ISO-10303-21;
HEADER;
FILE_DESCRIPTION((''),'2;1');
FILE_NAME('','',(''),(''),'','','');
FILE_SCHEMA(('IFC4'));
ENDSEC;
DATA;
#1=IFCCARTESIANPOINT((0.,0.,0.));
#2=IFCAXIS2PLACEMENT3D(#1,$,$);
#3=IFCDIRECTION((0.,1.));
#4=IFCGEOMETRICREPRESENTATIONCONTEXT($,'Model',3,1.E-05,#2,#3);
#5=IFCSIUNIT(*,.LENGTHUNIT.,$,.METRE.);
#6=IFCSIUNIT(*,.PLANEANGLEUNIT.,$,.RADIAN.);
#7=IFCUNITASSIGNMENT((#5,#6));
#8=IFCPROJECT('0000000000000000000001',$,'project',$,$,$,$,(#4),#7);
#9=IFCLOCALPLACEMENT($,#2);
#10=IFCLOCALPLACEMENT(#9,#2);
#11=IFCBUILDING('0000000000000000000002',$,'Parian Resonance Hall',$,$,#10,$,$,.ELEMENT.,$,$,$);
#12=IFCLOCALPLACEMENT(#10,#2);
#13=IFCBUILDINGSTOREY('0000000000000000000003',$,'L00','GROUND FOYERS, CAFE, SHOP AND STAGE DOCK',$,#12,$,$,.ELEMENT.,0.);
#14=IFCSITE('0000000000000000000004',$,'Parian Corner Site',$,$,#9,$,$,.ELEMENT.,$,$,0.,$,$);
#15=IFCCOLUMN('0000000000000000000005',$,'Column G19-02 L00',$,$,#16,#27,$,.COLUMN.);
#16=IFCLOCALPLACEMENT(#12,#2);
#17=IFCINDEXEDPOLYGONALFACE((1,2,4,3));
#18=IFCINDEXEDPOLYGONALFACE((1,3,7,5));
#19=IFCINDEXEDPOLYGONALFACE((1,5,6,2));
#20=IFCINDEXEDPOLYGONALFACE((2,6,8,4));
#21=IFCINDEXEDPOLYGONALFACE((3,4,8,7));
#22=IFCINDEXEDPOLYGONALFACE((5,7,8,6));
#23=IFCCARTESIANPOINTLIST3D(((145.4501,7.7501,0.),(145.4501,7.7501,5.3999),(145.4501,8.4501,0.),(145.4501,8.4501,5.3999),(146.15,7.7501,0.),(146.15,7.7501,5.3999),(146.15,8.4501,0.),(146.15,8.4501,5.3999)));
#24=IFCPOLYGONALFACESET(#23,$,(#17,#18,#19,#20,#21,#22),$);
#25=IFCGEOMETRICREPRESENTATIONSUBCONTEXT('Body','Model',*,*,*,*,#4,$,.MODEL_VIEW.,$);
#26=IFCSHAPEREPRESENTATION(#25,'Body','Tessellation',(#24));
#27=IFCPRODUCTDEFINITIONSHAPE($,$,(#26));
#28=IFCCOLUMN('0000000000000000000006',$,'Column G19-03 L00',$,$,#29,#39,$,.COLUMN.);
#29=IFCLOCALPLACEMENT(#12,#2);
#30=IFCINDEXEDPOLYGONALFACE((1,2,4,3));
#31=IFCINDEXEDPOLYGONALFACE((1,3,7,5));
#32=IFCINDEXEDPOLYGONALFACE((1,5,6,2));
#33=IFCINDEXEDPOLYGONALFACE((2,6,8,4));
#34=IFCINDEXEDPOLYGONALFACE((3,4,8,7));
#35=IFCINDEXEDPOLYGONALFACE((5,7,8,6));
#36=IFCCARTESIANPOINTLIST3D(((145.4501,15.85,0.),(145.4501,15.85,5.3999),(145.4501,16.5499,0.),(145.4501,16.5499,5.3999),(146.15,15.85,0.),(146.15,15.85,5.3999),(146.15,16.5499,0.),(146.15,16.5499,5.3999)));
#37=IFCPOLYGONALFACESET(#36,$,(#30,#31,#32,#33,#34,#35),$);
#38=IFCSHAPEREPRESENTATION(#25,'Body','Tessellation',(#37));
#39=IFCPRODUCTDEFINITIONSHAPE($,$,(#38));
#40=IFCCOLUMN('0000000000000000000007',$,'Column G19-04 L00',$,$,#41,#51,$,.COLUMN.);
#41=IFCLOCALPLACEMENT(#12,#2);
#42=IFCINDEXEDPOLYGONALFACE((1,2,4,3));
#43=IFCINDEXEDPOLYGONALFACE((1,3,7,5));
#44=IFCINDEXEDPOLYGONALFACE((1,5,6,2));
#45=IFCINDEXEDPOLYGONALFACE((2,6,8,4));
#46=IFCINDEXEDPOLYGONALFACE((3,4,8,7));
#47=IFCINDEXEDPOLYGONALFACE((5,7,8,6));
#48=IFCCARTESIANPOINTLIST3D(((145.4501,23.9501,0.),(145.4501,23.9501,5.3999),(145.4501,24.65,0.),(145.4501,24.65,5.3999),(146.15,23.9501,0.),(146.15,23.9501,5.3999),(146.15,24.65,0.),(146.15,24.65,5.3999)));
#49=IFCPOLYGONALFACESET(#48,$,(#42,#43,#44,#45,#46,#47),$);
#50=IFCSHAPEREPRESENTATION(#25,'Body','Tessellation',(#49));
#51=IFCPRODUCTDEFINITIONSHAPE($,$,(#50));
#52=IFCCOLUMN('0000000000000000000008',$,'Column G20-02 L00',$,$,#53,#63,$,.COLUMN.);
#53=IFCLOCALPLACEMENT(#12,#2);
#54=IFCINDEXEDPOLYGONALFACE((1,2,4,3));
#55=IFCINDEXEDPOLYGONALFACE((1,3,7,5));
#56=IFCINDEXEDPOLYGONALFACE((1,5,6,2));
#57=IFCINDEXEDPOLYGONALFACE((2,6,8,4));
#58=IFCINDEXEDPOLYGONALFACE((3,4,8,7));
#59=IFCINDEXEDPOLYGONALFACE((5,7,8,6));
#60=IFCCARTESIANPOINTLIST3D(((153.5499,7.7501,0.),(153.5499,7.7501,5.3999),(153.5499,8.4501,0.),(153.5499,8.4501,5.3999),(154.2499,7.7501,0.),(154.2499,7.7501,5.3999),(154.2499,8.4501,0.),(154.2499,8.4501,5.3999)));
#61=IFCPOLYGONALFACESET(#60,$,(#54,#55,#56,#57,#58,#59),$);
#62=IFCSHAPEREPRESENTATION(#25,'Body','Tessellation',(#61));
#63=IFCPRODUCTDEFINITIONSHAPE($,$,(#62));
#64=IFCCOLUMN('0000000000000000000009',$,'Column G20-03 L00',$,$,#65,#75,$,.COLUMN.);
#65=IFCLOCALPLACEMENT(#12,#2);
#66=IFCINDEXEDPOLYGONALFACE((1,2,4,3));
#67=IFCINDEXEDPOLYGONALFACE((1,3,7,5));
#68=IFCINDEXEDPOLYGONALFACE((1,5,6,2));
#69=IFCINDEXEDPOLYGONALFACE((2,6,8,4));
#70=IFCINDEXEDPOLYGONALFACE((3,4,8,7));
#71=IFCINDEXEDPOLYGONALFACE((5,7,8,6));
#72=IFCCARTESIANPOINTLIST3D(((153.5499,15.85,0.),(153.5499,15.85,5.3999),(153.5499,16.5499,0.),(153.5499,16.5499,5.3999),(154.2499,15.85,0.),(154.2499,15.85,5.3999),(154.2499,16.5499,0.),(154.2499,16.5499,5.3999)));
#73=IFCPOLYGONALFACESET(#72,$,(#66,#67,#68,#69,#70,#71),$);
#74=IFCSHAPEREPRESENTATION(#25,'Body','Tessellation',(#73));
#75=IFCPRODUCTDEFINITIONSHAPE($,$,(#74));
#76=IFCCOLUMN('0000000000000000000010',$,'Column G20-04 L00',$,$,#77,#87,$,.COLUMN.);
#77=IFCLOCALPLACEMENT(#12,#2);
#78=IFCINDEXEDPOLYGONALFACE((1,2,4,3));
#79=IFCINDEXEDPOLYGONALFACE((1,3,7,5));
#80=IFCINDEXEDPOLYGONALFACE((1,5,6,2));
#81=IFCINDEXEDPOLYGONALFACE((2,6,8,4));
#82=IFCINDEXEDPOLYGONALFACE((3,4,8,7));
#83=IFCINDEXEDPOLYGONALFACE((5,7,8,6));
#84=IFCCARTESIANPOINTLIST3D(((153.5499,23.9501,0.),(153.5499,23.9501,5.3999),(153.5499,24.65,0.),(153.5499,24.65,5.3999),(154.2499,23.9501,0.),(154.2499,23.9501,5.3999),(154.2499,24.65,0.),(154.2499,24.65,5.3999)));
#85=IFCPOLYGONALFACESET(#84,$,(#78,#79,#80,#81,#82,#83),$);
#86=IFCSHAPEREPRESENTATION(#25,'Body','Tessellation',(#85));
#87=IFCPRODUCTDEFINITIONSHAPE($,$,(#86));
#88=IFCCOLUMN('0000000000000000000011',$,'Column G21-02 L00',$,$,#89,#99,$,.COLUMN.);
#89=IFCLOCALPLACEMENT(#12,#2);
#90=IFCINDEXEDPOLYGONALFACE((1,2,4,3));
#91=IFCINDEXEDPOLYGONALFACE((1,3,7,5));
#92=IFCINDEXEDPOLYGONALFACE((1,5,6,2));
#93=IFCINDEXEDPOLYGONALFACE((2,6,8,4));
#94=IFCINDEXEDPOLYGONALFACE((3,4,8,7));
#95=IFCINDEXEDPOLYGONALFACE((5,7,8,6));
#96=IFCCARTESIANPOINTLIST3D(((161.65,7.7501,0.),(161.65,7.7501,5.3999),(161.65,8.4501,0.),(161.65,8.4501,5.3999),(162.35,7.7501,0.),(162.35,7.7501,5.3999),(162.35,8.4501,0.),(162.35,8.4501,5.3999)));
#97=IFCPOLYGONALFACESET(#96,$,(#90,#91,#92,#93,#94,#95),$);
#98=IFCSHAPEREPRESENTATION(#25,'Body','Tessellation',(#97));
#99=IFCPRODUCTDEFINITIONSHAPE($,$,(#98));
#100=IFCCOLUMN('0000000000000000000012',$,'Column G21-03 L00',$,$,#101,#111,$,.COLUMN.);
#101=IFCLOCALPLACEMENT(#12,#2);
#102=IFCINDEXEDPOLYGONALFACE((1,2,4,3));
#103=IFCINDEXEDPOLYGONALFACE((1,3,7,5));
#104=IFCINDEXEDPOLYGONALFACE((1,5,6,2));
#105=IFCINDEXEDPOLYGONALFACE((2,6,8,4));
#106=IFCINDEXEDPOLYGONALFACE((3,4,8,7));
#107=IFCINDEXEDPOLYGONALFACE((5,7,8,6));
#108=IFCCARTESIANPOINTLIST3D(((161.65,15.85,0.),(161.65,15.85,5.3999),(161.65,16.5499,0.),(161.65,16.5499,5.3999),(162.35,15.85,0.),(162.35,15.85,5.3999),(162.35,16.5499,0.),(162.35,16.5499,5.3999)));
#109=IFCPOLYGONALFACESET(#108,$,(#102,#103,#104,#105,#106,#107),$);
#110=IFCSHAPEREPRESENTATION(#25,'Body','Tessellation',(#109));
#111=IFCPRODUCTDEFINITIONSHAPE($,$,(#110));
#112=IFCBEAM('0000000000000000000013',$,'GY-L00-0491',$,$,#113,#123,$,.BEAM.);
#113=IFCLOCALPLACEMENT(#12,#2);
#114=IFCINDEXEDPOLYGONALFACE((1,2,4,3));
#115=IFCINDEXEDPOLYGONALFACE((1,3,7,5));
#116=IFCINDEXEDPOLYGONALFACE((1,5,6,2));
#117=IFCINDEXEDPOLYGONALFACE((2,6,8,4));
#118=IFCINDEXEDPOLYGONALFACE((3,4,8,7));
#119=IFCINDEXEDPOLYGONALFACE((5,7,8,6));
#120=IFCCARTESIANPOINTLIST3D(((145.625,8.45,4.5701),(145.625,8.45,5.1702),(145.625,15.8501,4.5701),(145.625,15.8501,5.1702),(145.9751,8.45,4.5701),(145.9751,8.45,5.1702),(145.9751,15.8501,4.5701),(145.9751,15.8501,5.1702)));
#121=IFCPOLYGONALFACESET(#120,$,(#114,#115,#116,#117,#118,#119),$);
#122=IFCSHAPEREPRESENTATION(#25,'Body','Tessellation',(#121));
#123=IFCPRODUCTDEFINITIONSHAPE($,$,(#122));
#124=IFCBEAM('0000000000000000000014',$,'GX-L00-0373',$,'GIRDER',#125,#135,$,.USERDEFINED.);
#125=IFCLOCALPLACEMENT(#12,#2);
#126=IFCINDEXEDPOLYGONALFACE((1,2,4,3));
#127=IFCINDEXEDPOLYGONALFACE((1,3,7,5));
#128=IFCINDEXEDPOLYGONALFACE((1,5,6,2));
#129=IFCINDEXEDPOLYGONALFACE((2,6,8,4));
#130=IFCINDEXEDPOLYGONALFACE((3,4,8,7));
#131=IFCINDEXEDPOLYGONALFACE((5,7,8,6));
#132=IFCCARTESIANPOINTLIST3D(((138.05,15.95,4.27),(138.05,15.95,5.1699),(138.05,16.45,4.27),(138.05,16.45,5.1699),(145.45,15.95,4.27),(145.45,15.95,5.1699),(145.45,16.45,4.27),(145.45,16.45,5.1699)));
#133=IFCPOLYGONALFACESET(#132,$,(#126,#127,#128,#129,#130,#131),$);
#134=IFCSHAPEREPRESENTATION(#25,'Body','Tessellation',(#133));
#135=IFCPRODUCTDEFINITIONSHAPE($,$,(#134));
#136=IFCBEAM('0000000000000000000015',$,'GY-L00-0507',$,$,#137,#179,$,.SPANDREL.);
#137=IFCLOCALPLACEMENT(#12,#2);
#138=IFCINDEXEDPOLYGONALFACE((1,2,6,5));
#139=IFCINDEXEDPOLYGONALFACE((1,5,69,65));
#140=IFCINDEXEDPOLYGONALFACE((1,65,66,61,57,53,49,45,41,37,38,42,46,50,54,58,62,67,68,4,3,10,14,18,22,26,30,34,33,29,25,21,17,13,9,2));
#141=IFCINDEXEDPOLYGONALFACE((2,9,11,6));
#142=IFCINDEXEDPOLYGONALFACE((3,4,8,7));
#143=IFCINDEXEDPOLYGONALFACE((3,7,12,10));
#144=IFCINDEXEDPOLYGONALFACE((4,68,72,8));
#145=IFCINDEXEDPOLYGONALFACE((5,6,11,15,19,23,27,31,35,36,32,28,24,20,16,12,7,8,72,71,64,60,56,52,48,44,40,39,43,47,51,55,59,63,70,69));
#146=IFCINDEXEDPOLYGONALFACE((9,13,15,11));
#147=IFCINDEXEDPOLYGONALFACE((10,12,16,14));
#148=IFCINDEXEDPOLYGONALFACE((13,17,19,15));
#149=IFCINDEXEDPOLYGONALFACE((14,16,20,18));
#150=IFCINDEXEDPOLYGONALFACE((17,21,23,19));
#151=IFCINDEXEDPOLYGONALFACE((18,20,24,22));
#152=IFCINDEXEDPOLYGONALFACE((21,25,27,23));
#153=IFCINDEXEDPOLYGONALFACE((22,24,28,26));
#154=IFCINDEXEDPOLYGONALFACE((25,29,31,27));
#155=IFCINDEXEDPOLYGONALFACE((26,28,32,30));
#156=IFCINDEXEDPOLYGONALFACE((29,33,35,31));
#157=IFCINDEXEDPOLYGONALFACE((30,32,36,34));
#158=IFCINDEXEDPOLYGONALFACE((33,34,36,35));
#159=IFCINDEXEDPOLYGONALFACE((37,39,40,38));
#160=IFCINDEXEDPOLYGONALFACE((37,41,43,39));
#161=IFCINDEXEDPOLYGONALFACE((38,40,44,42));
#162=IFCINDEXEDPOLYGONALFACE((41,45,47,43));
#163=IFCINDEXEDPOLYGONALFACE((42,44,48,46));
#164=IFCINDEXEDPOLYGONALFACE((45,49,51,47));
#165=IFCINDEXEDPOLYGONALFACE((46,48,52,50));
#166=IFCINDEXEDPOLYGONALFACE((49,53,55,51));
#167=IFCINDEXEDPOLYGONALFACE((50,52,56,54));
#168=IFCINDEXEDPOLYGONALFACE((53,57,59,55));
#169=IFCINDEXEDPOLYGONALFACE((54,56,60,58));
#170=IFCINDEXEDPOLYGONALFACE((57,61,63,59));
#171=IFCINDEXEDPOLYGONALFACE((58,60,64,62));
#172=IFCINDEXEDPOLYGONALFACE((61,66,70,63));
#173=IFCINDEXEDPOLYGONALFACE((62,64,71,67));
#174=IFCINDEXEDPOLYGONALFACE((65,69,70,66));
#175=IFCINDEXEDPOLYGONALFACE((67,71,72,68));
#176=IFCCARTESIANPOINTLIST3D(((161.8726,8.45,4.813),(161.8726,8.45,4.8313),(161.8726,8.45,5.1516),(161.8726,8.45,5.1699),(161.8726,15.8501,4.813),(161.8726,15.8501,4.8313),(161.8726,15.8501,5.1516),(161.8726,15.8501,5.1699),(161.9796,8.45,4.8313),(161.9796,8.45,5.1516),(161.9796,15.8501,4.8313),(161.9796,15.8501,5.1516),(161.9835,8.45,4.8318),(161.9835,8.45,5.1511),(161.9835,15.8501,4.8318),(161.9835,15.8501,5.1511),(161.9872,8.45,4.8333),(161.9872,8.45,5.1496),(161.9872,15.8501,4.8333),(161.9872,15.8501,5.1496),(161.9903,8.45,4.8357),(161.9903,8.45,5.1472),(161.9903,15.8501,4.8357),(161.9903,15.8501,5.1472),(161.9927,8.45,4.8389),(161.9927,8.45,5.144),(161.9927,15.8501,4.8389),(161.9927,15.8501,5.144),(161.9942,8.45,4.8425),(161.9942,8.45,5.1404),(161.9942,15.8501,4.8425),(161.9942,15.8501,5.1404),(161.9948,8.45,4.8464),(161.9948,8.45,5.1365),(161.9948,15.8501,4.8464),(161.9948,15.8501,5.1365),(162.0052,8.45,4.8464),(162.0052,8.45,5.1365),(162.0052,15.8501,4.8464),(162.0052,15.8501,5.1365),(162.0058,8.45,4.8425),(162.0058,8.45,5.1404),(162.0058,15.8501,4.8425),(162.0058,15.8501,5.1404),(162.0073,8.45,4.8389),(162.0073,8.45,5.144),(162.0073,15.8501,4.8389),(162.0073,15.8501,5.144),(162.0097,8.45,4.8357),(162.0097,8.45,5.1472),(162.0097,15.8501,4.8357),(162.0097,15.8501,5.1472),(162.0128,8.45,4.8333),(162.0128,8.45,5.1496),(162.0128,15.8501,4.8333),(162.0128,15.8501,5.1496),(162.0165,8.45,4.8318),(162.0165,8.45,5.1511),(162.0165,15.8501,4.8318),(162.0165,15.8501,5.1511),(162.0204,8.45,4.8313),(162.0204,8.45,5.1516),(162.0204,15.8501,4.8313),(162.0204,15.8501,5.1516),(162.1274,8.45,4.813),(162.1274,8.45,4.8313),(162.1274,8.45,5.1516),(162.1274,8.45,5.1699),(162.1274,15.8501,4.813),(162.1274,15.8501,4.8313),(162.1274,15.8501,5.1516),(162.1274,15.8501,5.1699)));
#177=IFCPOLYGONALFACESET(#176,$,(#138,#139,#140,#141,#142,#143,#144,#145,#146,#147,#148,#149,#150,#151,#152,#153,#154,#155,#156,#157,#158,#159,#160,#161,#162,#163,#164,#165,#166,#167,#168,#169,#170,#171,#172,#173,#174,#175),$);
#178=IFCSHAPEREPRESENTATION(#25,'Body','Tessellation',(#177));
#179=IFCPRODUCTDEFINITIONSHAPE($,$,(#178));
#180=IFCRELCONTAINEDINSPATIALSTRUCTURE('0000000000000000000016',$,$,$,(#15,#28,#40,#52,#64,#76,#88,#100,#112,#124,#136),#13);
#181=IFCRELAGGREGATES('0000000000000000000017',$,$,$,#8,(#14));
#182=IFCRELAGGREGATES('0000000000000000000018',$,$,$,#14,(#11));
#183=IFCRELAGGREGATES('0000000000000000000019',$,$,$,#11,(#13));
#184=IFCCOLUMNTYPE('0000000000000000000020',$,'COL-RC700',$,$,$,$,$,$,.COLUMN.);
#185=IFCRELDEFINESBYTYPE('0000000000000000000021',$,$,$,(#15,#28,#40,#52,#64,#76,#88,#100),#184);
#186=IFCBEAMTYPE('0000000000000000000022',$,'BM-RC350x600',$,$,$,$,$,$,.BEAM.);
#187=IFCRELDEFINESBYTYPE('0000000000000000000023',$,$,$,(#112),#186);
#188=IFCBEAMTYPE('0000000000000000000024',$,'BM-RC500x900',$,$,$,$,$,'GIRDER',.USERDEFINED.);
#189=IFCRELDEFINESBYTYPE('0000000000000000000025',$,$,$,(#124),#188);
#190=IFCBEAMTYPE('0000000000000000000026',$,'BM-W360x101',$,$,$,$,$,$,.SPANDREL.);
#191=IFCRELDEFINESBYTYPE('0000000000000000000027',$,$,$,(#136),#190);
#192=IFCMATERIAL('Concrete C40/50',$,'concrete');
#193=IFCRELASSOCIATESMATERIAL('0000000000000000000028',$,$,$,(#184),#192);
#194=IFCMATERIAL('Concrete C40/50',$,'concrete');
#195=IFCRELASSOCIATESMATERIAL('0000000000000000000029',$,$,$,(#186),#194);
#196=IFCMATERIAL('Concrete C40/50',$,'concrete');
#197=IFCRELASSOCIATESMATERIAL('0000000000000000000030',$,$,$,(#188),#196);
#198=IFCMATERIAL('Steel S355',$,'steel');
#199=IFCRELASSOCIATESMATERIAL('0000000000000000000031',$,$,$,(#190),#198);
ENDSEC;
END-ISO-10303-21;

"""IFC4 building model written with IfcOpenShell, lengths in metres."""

from ifc_helpers import new_model, si_unit, direction, frame, origin, origin_2d, place, context, subcontext, project, spatial, rectangle, i_section, extrude, material, material_profile, profile_set, type_object, element, save


model = new_model("IFC4")

# Units and contexts
model_context = context("Model", 3, precision=1e-05, world=origin(), true_north=direction((0.0, 1.0)))
body_context = subcontext(model_context, "Body", "Model", "MODEL_VIEW")
ifc_project = project(units=[si_unit("LENGTHUNIT", "METRE"), si_unit("PLANEANGLEUNIT", "RADIAN")], contexts=[model_context])

# Site, building, storey
site_placement = place(None, origin())
site = spatial("IfcSite", under=ifc_project, at=site_placement, Name="Parian Corner Site", CompositionType="ELEMENT", RefElevation=0.0)
building_placement = place(site_placement, origin())
building = spatial("IfcBuilding", under=site, at=building_placement, Name="Parian Resonance Hall", CompositionType="ELEMENT")
storey_placement = place(building_placement, origin())
storey = spatial("IfcBuildingStorey", under=building, at=storey_placement, Name="L00", Description="GROUND FOYERS, CAFE, SHOP AND STAGE DOCK", CompositionType="ELEMENT", Elevation=0.0)

# Columns
ifc_material_1 = material(Name="Concrete C40/50", Category="concrete")
ifc_material_profile_1 = material_profile(ifc_material_1, rectangle(XDim=0.7, YDim=0.7, at=origin_2d()), Name="RC-COL-700x700")
ifc_profile_set_1 = profile_set([ifc_material_profile_1], Name="Concrete C40/50")
column_type = type_object("IfcColumnType", Name="COL-RC700", PredefinedType="COLUMN", material=ifc_profile_set_1)
for number, where, z_axis, x_axis, name in (
    (1, (145.8, 8.1001, 0.0), (0.0, 0.0, 1.0), (1.0, 0.0, 0.0), "Column G19-02 L00"),
    (2, (145.8, 16.2, 0.0), (0.0, 0.0, 1.0), (1.0, 0.0, 0.0), "Column G19-03 L00"),
    (3, (145.8, 24.3, 0.0), (0.0, 0.0, 1.0), (1.0, 0.0, 0.0), "Column G19-04 L00"),
    (4, (153.8999, 8.1001, 0.0), (0.0, 0.0, 1.0), (1.0, 0.0, 0.0), "Column G20-02 L00"),
    (5, (153.8999, 16.2, 0.0), (0.0, 0.0, 1.0), (1.0, 0.0, 0.0), "Column G20-03 L00"),
    (6, (153.8999, 24.3, 0.0), (0.0, 0.0, 1.0), (1.0, 0.0, 0.0), "Column G20-04 L00"),
    (7, (162.0, 8.1001, 0.0), (0.0, 0.0, 1.0), (1.0, 0.0, 0.0), "Column G21-02 L00"),
    (8, (162.0, 16.2, 0.0), (0.0, 0.0, 1.0), (1.0, 0.0, 0.0), "Column G21-03 L00"),
):
    element("IfcColumn", number, at=place(storey_placement, frame(where, z_axis=z_axis, x_axis=x_axis)), inside=storey, type_object=column_type, Name=name, PredefinedType="COLUMN", context=body_context, shape_type="SweptSolid", body=[
        extrude(rectangle(XDim=0.7, YDim=0.7, at=origin_2d()), origin(), (0.0, 0.0, 1.0), 5.3999),
    ])

# Beams
ifc_material_2 = material(Name="Concrete C40/50", Category="concrete")
ifc_material_profile_2 = material_profile(ifc_material_2, rectangle(XDim=0.3501, YDim=0.6001, at=origin_2d()), Name="RC-BM-350x600")
ifc_profile_set_2 = profile_set([ifc_material_profile_2], Name="Concrete C40/50")
beam_type_1 = type_object("IfcBeamType", Name="BM-RC350x600", PredefinedType="BEAM", material=ifc_profile_set_2)
beam_1_placement = place(storey_placement, frame((145.8, 8.45, 4.8701), z_axis=(0.0, 1.0, 0.0), x_axis=(-1.0, 0.0, 0.0)))
element("IfcBeam", 9, at=beam_1_placement, inside=storey, type_object=beam_type_1, Name="GY-L00-0491", PredefinedType="BEAM", context=body_context, shape_type="SweptSolid", body=[
    extrude(rectangle(XDim=0.3501, YDim=0.6001, at=origin_2d()), origin(), (0.0, 0.0, 1.0), 7.4001),
])
ifc_material_3 = material(Name="Concrete C40/50", Category="concrete")
ifc_material_profile_3 = material_profile(ifc_material_3, rectangle(XDim=0.5, YDim=0.8999, at=origin_2d()), Name="RC-BM-500x900")
ifc_profile_set_3 = profile_set([ifc_material_profile_3], Name="Concrete C40/50")
beam_type_2 = type_object("IfcBeamType", Name="BM-RC500x900", ElementType="GIRDER", PredefinedType="USERDEFINED", material=ifc_profile_set_3)
beam_2_placement = place(storey_placement, frame((138.05, 16.2, 4.72), z_axis=(1.0, 0.0, 0.0), x_axis=(0.0, 1.0, 0.0)))
element("IfcBeam", 10, at=beam_2_placement, inside=storey, type_object=beam_type_2, Name="GX-L00-0373", ObjectType="GIRDER", PredefinedType="USERDEFINED", context=body_context, shape_type="SweptSolid", body=[
    extrude(rectangle(XDim=0.5, YDim=0.8999, at=origin_2d()), origin(), (0.0, 0.0, 1.0), 7.3999),
])
ifc_material_4 = material(Name="Steel S355", Category="steel")
ifc_material_profile_4 = material_profile(ifc_material_4, i_section(OverallWidth=0.2549, OverallDepth=0.3569, WebThickness=0.0105, FlangeThickness=0.0183, FilletRadius=0.0151, at=origin_2d()), Name="W360x101")
ifc_profile_set_4 = profile_set([ifc_material_profile_4], Name="Steel S355")
beam_type_3 = type_object("IfcBeamType", Name="BM-W360x101", PredefinedType="SPANDREL", material=ifc_profile_set_4)
beam_3_placement = place(storey_placement, frame((162.0, 8.45, 4.9915), z_axis=(0.0, 1.0, 0.0), x_axis=(-1.0, 0.0, 0.0)))
element("IfcBeam", 11, at=beam_3_placement, inside=storey, type_object=beam_type_3, Name="GY-L00-0507", PredefinedType="SPANDREL", context=body_context, shape_type="SweptSolid", body=[
    extrude(i_section(OverallWidth=0.2549, OverallDepth=0.3569, WebThickness=0.0105, FlangeThickness=0.0183, FilletRadius=0.0151, at=origin_2d()), origin(), (0.0, 0.0, 1.0), 7.4001),
])

save(model, "model.ifc")
